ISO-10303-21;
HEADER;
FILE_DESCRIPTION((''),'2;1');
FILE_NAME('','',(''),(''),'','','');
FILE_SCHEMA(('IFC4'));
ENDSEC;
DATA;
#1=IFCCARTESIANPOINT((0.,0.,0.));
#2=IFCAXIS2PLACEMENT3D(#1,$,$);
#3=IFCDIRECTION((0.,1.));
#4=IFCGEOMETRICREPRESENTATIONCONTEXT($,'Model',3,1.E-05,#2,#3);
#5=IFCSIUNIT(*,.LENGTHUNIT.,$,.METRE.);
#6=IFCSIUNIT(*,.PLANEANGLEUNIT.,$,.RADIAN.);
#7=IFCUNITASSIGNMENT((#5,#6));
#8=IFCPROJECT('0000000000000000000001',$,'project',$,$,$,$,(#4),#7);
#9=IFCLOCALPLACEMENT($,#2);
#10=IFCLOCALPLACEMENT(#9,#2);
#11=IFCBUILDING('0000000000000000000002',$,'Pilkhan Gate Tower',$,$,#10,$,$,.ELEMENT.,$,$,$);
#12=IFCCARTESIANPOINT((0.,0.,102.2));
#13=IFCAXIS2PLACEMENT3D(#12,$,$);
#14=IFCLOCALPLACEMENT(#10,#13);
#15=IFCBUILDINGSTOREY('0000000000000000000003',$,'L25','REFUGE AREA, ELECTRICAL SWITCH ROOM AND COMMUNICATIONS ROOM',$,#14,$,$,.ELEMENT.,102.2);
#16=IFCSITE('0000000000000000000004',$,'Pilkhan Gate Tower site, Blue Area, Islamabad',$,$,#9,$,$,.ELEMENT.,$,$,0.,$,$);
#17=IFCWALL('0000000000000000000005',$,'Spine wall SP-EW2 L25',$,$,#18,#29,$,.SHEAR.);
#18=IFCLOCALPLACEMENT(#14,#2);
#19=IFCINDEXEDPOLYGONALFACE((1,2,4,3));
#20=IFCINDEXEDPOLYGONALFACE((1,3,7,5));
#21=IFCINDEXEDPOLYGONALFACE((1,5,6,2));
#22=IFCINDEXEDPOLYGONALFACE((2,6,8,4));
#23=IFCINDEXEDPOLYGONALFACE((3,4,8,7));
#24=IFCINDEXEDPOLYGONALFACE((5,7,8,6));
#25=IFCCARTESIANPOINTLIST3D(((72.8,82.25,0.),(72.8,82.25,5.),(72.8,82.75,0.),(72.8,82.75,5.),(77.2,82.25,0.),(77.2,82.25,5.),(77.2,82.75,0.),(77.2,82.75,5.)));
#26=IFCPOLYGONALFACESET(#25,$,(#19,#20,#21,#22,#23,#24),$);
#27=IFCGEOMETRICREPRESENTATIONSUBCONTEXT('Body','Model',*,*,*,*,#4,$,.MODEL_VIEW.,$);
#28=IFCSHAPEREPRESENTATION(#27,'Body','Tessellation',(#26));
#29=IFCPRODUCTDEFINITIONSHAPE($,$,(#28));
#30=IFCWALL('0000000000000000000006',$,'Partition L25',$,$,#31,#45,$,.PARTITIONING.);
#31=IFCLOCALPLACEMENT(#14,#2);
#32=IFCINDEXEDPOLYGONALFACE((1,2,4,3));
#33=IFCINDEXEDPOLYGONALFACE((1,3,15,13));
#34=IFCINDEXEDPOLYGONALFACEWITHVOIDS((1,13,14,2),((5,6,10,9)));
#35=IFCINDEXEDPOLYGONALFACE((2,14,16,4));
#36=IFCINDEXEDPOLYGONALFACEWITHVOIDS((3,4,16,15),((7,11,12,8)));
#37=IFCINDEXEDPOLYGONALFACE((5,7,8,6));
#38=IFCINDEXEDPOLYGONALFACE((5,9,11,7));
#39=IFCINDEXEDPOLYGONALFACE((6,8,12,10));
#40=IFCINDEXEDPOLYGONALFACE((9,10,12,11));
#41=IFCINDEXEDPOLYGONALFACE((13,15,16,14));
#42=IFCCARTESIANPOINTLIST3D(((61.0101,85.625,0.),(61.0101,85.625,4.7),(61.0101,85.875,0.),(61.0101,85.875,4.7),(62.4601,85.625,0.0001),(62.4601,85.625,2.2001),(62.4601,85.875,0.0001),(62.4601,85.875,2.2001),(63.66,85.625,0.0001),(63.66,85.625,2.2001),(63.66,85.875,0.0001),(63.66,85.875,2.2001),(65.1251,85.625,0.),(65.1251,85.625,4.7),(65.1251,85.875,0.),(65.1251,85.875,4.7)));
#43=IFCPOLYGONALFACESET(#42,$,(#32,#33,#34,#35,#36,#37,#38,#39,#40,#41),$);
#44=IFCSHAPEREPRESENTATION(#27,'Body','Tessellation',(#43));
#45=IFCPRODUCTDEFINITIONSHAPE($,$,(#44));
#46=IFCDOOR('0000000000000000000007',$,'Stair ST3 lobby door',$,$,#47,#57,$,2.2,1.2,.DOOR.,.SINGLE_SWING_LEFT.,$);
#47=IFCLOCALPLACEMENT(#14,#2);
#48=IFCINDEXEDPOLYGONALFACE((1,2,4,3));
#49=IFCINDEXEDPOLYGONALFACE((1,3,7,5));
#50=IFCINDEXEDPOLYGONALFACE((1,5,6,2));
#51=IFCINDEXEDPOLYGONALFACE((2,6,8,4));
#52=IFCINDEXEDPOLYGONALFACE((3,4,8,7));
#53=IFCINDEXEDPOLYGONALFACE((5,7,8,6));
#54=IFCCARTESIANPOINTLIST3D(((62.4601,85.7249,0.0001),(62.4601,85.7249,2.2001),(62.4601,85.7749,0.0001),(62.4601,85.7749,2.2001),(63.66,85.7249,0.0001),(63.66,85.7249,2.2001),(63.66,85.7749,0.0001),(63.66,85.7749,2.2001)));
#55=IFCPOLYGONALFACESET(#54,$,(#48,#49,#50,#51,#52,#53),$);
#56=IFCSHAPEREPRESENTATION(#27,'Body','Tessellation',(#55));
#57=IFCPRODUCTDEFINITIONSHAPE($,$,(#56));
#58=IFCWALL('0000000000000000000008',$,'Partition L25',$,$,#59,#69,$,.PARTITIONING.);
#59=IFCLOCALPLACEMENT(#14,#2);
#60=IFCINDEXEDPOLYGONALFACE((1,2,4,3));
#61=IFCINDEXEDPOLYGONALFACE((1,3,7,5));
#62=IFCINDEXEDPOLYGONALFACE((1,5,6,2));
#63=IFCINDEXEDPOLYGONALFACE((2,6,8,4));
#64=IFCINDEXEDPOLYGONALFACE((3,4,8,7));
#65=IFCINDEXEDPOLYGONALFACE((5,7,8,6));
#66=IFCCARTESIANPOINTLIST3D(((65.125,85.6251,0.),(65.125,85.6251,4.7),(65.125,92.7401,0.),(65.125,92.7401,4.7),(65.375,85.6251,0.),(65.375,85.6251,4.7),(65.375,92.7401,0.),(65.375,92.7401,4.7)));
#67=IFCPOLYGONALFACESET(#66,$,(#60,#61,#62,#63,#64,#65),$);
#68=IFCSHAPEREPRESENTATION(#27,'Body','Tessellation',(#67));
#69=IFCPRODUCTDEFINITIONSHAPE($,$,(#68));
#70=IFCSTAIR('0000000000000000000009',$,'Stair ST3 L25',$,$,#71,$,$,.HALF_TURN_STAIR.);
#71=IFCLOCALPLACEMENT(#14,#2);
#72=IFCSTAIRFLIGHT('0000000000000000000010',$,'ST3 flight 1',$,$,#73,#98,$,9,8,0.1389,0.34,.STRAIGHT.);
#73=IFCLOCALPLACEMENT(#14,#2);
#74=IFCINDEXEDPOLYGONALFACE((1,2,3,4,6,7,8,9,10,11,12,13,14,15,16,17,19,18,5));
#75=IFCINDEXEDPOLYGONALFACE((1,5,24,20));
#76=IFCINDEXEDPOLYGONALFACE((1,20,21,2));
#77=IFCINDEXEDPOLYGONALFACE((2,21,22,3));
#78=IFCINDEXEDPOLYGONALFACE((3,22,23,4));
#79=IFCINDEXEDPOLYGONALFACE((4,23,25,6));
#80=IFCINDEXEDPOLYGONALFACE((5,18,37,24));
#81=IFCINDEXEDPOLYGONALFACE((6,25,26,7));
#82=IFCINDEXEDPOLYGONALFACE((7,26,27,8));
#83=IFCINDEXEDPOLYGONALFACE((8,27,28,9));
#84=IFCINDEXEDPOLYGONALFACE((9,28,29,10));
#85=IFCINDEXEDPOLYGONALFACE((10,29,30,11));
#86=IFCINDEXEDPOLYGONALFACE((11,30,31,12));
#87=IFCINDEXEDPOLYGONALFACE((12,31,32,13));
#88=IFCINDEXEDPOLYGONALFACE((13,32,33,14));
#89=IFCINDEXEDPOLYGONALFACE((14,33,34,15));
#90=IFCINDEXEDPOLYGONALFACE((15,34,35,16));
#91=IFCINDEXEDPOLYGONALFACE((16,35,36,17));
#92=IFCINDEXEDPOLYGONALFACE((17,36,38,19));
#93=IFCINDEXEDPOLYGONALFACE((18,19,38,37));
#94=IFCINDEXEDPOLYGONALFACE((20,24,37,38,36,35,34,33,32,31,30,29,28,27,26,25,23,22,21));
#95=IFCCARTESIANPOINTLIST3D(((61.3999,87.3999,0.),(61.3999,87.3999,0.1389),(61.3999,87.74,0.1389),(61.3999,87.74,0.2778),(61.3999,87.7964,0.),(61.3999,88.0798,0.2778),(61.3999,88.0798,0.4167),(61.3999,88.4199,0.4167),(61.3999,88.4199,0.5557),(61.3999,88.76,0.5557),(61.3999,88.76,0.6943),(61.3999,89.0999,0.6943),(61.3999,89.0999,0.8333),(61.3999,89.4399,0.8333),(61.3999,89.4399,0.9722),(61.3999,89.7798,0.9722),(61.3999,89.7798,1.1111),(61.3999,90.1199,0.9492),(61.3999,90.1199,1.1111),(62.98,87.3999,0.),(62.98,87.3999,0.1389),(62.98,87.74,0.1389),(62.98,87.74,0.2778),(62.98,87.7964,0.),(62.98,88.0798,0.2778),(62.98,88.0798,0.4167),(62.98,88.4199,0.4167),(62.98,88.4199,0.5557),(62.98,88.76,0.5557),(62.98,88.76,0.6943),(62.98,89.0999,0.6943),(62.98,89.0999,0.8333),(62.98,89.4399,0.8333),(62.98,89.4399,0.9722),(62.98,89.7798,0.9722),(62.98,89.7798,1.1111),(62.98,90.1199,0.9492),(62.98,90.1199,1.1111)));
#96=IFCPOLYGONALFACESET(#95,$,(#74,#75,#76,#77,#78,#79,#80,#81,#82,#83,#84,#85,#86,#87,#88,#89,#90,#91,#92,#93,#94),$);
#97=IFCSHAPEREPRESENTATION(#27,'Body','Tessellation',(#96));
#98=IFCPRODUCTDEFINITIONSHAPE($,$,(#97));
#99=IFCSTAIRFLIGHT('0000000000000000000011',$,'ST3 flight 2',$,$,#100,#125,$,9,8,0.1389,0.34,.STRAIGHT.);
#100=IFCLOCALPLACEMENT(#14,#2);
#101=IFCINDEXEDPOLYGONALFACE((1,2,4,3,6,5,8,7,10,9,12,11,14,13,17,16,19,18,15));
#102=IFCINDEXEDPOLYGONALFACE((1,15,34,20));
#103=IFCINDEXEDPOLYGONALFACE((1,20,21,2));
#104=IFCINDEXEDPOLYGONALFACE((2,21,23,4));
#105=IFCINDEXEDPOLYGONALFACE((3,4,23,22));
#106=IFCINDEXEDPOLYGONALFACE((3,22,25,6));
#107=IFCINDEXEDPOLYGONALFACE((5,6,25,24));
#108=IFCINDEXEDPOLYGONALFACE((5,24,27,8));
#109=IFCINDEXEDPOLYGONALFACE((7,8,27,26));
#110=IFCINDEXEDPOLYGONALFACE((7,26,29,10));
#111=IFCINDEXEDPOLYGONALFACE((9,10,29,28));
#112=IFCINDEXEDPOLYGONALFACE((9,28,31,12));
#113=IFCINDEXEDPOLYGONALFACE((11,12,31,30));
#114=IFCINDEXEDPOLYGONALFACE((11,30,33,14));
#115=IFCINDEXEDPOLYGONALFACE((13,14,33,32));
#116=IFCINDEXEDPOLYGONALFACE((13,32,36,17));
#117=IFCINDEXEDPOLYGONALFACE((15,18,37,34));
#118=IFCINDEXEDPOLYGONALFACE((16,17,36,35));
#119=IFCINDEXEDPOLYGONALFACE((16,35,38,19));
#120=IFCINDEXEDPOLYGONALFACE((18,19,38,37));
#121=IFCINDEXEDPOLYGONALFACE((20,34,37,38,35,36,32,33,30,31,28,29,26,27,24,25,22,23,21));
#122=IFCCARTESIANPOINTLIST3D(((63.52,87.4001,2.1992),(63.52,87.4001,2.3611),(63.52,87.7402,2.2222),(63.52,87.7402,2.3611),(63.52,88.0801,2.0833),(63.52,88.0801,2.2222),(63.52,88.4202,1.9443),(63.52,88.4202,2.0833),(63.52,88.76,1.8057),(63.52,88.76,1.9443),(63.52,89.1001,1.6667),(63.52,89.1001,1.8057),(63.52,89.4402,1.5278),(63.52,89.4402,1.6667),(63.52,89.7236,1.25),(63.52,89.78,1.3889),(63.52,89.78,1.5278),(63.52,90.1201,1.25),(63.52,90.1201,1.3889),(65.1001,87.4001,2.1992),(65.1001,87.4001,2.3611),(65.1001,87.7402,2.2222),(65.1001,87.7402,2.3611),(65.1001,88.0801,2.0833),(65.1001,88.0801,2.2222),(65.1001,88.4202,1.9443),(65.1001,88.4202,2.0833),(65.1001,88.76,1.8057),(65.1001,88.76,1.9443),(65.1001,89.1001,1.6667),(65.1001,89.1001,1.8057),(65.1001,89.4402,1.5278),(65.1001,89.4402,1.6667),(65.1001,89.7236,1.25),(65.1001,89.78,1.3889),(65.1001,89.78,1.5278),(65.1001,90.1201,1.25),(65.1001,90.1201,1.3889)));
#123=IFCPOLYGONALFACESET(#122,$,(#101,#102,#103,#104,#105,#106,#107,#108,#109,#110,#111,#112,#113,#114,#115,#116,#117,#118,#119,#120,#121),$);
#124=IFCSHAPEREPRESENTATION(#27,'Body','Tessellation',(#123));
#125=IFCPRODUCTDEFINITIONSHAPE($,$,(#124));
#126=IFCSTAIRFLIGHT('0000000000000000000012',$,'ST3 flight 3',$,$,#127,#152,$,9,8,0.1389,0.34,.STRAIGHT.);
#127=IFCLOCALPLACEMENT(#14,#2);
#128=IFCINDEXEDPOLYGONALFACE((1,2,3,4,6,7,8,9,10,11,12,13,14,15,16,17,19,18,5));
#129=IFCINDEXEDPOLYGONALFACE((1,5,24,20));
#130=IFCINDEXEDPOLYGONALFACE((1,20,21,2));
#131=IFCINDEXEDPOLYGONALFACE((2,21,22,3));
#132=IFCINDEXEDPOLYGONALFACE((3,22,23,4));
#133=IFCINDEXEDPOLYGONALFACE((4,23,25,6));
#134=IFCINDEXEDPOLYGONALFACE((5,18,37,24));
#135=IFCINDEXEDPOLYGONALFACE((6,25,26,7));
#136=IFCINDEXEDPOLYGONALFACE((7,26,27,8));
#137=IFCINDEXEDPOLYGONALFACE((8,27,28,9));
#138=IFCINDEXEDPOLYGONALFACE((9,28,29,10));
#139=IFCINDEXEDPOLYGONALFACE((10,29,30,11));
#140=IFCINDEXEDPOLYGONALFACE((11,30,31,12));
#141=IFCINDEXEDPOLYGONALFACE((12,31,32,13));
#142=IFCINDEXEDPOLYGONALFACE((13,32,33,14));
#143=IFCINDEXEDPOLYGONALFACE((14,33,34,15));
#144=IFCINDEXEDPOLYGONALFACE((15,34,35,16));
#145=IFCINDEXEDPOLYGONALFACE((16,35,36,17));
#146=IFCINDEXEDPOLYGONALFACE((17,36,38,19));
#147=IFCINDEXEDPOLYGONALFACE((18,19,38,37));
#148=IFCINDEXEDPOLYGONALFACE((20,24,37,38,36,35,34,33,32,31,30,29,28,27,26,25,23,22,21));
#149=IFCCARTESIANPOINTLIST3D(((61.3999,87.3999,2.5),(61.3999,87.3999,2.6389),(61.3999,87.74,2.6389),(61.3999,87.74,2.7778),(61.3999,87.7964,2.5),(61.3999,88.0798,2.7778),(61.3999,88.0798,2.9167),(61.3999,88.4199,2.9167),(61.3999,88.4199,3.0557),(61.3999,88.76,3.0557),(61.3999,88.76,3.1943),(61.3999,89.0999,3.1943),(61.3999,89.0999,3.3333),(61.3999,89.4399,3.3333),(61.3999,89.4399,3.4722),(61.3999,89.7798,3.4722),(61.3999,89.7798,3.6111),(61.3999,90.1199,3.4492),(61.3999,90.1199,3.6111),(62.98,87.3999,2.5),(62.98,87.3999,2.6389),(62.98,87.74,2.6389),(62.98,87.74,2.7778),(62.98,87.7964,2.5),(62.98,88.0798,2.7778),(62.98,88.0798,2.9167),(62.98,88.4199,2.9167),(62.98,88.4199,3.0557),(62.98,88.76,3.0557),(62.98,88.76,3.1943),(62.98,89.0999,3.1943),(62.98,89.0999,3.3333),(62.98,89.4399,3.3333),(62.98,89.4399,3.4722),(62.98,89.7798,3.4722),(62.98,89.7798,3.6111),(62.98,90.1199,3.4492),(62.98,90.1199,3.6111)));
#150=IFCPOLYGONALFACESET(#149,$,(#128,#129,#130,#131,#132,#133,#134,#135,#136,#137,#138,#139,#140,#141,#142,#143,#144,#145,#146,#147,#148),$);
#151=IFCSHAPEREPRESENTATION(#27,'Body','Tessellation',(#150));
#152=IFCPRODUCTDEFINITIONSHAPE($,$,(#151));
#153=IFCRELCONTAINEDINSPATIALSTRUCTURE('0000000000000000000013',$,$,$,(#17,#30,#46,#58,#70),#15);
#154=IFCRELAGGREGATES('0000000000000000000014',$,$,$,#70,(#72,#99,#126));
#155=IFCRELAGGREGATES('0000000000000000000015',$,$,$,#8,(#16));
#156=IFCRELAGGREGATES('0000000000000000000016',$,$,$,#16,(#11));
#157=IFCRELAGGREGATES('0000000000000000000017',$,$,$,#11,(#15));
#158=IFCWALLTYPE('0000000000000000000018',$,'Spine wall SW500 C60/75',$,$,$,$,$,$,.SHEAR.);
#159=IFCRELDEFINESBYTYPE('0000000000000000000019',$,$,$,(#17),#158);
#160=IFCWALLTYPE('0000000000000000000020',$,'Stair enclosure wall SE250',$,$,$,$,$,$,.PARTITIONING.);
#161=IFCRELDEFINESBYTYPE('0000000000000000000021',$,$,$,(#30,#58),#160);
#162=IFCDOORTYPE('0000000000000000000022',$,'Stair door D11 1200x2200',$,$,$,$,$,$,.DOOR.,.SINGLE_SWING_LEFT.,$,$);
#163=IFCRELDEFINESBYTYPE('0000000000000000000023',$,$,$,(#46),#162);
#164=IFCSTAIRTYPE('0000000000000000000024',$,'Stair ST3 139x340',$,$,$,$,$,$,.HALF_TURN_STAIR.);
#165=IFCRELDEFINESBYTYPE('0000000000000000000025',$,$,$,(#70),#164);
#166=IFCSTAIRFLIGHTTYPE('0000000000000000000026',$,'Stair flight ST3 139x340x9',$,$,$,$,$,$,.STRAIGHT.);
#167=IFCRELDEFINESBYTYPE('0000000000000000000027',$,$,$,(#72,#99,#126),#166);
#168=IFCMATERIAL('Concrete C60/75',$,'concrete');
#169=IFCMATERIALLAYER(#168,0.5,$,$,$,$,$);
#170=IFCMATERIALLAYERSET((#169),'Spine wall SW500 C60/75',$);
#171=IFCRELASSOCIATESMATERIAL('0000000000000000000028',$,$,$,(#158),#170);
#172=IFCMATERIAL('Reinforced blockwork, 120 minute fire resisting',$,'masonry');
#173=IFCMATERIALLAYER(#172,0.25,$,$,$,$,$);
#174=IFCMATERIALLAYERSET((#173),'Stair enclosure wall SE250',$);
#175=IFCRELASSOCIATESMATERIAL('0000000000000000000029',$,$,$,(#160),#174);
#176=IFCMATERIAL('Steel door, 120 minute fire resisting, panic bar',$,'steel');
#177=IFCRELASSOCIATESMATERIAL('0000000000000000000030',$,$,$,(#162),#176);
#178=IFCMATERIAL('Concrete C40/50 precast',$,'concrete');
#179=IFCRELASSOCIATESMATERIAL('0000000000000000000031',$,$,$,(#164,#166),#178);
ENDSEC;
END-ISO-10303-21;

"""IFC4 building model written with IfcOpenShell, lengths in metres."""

from ifc_helpers import new_model, si_unit, direction, frame, frame_2d, origin, place, context, subcontext, project, spatial, polyline, rectangle, outline, extrude, material, layer, layer_set, type_object, element, fill, aggregate, save


model = new_model("IFC4")

# Units and contexts
model_context = context("Model", 3, precision=1e-05, world=origin(), true_north=direction((0.0, 1.0)))
body_context = subcontext(model_context, "Body", "Model", "MODEL_VIEW")
ifc_project = project(units=[si_unit("LENGTHUNIT", "METRE"), si_unit("PLANEANGLEUNIT", "RADIAN")], contexts=[model_context])

# Site, building, storey
site_placement = place(None, origin())
site = spatial("IfcSite", under=ifc_project, at=site_placement, Name="Pilkhan Gate Tower site, Blue Area, Islamabad", CompositionType="ELEMENT", RefElevation=0.0)
building_placement = place(site_placement, origin())
building = spatial("IfcBuilding", under=site, at=building_placement, Name="Pilkhan Gate Tower", CompositionType="ELEMENT")
storey_placement = place(building_placement, frame((0.0, 0.0, 102.2)))
storey = spatial("IfcBuildingStorey", under=building, at=storey_placement, Name="L25", Description="REFUGE AREA, ELECTRICAL SWITCH ROOM AND COMMUNICATIONS ROOM", CompositionType="ELEMENT", Elevation=102.2)

# Shared definitions
ifc_material_1 = material(Name="Concrete C60/75", Category="concrete")

# Wall
ifc_layer_1 = layer(ifc_material_1, 0.5)
ifc_layer_set_1 = layer_set([ifc_layer_1], Name="Spine wall SW500 C60/75")
wall_type_1 = type_object("IfcWallType", Name="Spine wall SW500 C60/75", PredefinedType="SHEAR", material=ifc_layer_set_1)
wall_1_placement = place(storey_placement, frame((72.8, 82.5, 0.0), z_axis=(0.0, 0.0, 1.0), x_axis=(1.0, 0.0, 0.0)))
element("IfcWall", 1, at=wall_1_placement, inside=storey, type_object=wall_type_1, Name="Spine wall SP-EW2 L25", PredefinedType="SHEAR", context=body_context, shape_type="SweptSolid", body=[
    extrude(rectangle(XDim=4.3999, YDim=0.5, at=frame_2d((2.2, 0.0))), origin(), (0.0, 0.0, 1.0), 5.0),
])

# Wall, opening, door
ifc_material_2 = material(Name="Reinforced blockwork, 120 minute fire resisting", Category="masonry")
ifc_layer_2 = layer(ifc_material_2, 0.25)
ifc_layer_set_2 = layer_set([ifc_layer_2], Name="Stair enclosure wall SE250")
wall_type_2 = type_object("IfcWallType", Name="Stair enclosure wall SE250", PredefinedType="PARTITIONING", material=ifc_layer_set_2)
wall_2_placement = place(storey_placement, frame((61.01, 85.75, 0.0), z_axis=(0.0, 0.0, 1.0), x_axis=(1.0, 0.0, 0.0)))
wall_2 = element("IfcWall", 2, at=wall_2_placement, inside=storey, type_object=wall_type_2, Name="Partition L25", PredefinedType="PARTITIONING", context=body_context, shape_type="SweptSolid", body=[
    extrude(rectangle(XDim=4.115, YDim=0.25, at=frame_2d((2.0576, 0.0))), origin(), (0.0, 0.0, 1.0), 4.7),
])
opening_1_placement = place(wall_2_placement, frame((1.45, 0.0, 0.0)))
opening_1 = element("IfcOpeningElement", 3, at=opening_1_placement, cuts=wall_2, PredefinedType="OPENING", context=body_context, shape_type="SweptSolid", body=[
    extrude(rectangle(XDim=1.2, YDim=2.2, at=frame_2d((0.6001, 1.1001))), frame((0.0, 0.135, 0.0), z_axis=(0.0, -1.0, 0.0), x_axis=(1.0, 0.0, 0.0)), (0.0, 0.0, 1.0), 0.27),
])
ifc_material_3 = material(Name="Steel door, 120 minute fire resisting, panic bar", Category="steel")
door_type_1 = type_object("IfcDoorType", Name="Stair door D11 1200x2200", OperationType="SINGLE_SWING_LEFT", PredefinedType="DOOR", material=ifc_material_3)
door_1_placement = place(opening_1_placement, origin())
door_1 = element("IfcDoor", 4, at=door_1_placement, inside=storey, type_object=door_type_1, Name="Stair ST3 lobby door", OperationType="SINGLE_SWING_LEFT", OverallHeight=2.2, OverallWidth=1.2, PredefinedType="DOOR", context=body_context, shape_type="SweptSolid", body=[
    extrude(rectangle(XDim=1.2, YDim=2.2, at=frame_2d((0.6001, 1.1001))), frame((0.0, 0.0249, 0.0), z_axis=(0.0, -1.0, 0.0), x_axis=(1.0, 0.0, 0.0)), (0.0, 0.0, 1.0), 0.05),
])
fill(opening_1, door_1)

# Wall
wall_3_placement = place(storey_placement, frame((65.25, 85.625, 0.0), z_axis=(0.0, 0.0, 1.0), x_axis=(0.0, 1.0, 0.0)))
element("IfcWall", 5, at=wall_3_placement, inside=storey, type_object=wall_type_2, Name="Partition L25", PredefinedType="PARTITIONING", context=body_context, shape_type="SweptSolid", body=[
    extrude(rectangle(XDim=7.115, YDim=0.25, at=frame_2d((3.5576, 0.0))), origin(), (0.0, 0.0, 1.0), 4.7),
])

# Stair, stair flights
ifc_material_4 = material(Name="Concrete C40/50 precast", Category="concrete")
stair_type = type_object("IfcStairType", Name="Stair ST3 139x340", PredefinedType="HALF_TURN_STAIR", material=ifc_material_4)
stair_placement = place(storey_placement, origin())
stair = element("IfcStair", 6, at=stair_placement, inside=storey, type_object=stair_type, Name="Stair ST3 L25", PredefinedType="HALF_TURN_STAIR")
stair_flight_type = type_object("IfcStairFlightType", Name="Stair flight ST3 139x340x9", PredefinedType="STRAIGHT", material=ifc_material_4)
stair_flight_1_placement = place(storey_placement, frame((62.1899, 87.3999, 0.0), z_axis=(0.0, 0.0, 1.0), x_axis=(0.0, 1.0, 0.0)))
stair_flight_1 = element("IfcStairFlight", 7, at=stair_flight_1_placement, type_object=stair_flight_type, Name="ST3 flight 1", NumberOfRisers=9, NumberOfTreads=8, PredefinedType="STRAIGHT", RiserHeight=0.1389, TreadLength=0.34, context=body_context, shape_type="SweptSolid", body=[
    extrude(outline(polyline([(0.0, 0.0), (0.0, 0.1389), (0.3401, 0.1389), (0.3401, 0.2778), (0.6799, 0.2778), (0.6799, 0.4167), (1.02, 0.4167), (1.02, 0.5557), (1.3601, 0.5557), (1.3601, 0.6943), (1.7, 0.6943), (1.7, 0.8333), (2.04, 0.8333), (2.04, 0.9722), (2.3799, 0.9722), (2.3799, 1.1111), (2.72, 1.1111), (2.72, 1.25), (2.72, 0.9492), (0.3965, 0.0), (0.0, 0.0)])), frame((0.0, 0.79, 0.0), z_axis=(0.0, -1.0, 0.0), x_axis=(1.0, 0.0, 0.0)), (0.0, 0.0, 1.0), 1.5801),
])
stair_flight_2_placement = place(storey_placement, frame((64.3101, 90.1201, 1.25), z_axis=(0.0, 0.0, 1.0), x_axis=(0.0, -1.0, 0.0)))
stair_flight_2 = element("IfcStairFlight", 8, at=stair_flight_2_placement, type_object=stair_flight_type, Name="ST3 flight 2", NumberOfRisers=9, NumberOfTreads=8, PredefinedType="STRAIGHT", RiserHeight=0.1389, TreadLength=0.34, context=body_context, shape_type="SweptSolid", body=[
    extrude(outline(polyline([(0.0, 0.0), (0.0, 0.1389), (0.3401, 0.1389), (0.3401, 0.2778), (0.6799, 0.2778), (0.6799, 0.4167), (1.02, 0.4167), (1.02, 0.5557), (1.3601, 0.5557), (1.3601, 0.6943), (1.7, 0.6943), (1.7, 0.8333), (2.04, 0.8333), (2.04, 0.9722), (2.3799, 0.9722), (2.3799, 1.1111), (2.72, 1.1111), (2.72, 1.25), (2.72, 0.9492), (0.3965, 0.0), (0.0, 0.0)])), frame((0.0, 0.79, 0.0), z_axis=(0.0, -1.0, 0.0), x_axis=(1.0, 0.0, 0.0)), (0.0, 0.0, 1.0), 1.5801),
])
stair_flight_3_placement = place(storey_placement, frame((62.1899, 87.3999, 2.5), z_axis=(0.0, 0.0, 1.0), x_axis=(0.0, 1.0, 0.0)))
stair_flight_3 = element("IfcStairFlight", 9, at=stair_flight_3_placement, type_object=stair_flight_type, Name="ST3 flight 3", NumberOfRisers=9, NumberOfTreads=8, PredefinedType="STRAIGHT", RiserHeight=0.1389, TreadLength=0.34, context=body_context, shape_type="SweptSolid", body=[
    extrude(outline(polyline([(0.0, 0.0), (0.0, 0.1389), (0.3401, 0.1389), (0.3401, 0.2778), (0.6799, 0.2778), (0.6799, 0.4167), (1.02, 0.4167), (1.02, 0.5557), (1.3601, 0.5557), (1.3601, 0.6943), (1.7, 0.6943), (1.7, 0.8333), (2.04, 0.8333), (2.04, 0.9722), (2.3799, 0.9722), (2.3799, 1.1111), (2.72, 1.1111), (2.72, 1.25), (2.72, 0.9492), (0.3965, 0.0), (0.0, 0.0)])), frame((0.0, 0.79, 0.0), z_axis=(0.0, -1.0, 0.0), x_axis=(1.0, 0.0, 0.0)), (0.0, 0.0, 1.0), 1.5801),
])
aggregate(stair, [stair_flight_1, stair_flight_2, stair_flight_3])

save(model, "model.ifc")
